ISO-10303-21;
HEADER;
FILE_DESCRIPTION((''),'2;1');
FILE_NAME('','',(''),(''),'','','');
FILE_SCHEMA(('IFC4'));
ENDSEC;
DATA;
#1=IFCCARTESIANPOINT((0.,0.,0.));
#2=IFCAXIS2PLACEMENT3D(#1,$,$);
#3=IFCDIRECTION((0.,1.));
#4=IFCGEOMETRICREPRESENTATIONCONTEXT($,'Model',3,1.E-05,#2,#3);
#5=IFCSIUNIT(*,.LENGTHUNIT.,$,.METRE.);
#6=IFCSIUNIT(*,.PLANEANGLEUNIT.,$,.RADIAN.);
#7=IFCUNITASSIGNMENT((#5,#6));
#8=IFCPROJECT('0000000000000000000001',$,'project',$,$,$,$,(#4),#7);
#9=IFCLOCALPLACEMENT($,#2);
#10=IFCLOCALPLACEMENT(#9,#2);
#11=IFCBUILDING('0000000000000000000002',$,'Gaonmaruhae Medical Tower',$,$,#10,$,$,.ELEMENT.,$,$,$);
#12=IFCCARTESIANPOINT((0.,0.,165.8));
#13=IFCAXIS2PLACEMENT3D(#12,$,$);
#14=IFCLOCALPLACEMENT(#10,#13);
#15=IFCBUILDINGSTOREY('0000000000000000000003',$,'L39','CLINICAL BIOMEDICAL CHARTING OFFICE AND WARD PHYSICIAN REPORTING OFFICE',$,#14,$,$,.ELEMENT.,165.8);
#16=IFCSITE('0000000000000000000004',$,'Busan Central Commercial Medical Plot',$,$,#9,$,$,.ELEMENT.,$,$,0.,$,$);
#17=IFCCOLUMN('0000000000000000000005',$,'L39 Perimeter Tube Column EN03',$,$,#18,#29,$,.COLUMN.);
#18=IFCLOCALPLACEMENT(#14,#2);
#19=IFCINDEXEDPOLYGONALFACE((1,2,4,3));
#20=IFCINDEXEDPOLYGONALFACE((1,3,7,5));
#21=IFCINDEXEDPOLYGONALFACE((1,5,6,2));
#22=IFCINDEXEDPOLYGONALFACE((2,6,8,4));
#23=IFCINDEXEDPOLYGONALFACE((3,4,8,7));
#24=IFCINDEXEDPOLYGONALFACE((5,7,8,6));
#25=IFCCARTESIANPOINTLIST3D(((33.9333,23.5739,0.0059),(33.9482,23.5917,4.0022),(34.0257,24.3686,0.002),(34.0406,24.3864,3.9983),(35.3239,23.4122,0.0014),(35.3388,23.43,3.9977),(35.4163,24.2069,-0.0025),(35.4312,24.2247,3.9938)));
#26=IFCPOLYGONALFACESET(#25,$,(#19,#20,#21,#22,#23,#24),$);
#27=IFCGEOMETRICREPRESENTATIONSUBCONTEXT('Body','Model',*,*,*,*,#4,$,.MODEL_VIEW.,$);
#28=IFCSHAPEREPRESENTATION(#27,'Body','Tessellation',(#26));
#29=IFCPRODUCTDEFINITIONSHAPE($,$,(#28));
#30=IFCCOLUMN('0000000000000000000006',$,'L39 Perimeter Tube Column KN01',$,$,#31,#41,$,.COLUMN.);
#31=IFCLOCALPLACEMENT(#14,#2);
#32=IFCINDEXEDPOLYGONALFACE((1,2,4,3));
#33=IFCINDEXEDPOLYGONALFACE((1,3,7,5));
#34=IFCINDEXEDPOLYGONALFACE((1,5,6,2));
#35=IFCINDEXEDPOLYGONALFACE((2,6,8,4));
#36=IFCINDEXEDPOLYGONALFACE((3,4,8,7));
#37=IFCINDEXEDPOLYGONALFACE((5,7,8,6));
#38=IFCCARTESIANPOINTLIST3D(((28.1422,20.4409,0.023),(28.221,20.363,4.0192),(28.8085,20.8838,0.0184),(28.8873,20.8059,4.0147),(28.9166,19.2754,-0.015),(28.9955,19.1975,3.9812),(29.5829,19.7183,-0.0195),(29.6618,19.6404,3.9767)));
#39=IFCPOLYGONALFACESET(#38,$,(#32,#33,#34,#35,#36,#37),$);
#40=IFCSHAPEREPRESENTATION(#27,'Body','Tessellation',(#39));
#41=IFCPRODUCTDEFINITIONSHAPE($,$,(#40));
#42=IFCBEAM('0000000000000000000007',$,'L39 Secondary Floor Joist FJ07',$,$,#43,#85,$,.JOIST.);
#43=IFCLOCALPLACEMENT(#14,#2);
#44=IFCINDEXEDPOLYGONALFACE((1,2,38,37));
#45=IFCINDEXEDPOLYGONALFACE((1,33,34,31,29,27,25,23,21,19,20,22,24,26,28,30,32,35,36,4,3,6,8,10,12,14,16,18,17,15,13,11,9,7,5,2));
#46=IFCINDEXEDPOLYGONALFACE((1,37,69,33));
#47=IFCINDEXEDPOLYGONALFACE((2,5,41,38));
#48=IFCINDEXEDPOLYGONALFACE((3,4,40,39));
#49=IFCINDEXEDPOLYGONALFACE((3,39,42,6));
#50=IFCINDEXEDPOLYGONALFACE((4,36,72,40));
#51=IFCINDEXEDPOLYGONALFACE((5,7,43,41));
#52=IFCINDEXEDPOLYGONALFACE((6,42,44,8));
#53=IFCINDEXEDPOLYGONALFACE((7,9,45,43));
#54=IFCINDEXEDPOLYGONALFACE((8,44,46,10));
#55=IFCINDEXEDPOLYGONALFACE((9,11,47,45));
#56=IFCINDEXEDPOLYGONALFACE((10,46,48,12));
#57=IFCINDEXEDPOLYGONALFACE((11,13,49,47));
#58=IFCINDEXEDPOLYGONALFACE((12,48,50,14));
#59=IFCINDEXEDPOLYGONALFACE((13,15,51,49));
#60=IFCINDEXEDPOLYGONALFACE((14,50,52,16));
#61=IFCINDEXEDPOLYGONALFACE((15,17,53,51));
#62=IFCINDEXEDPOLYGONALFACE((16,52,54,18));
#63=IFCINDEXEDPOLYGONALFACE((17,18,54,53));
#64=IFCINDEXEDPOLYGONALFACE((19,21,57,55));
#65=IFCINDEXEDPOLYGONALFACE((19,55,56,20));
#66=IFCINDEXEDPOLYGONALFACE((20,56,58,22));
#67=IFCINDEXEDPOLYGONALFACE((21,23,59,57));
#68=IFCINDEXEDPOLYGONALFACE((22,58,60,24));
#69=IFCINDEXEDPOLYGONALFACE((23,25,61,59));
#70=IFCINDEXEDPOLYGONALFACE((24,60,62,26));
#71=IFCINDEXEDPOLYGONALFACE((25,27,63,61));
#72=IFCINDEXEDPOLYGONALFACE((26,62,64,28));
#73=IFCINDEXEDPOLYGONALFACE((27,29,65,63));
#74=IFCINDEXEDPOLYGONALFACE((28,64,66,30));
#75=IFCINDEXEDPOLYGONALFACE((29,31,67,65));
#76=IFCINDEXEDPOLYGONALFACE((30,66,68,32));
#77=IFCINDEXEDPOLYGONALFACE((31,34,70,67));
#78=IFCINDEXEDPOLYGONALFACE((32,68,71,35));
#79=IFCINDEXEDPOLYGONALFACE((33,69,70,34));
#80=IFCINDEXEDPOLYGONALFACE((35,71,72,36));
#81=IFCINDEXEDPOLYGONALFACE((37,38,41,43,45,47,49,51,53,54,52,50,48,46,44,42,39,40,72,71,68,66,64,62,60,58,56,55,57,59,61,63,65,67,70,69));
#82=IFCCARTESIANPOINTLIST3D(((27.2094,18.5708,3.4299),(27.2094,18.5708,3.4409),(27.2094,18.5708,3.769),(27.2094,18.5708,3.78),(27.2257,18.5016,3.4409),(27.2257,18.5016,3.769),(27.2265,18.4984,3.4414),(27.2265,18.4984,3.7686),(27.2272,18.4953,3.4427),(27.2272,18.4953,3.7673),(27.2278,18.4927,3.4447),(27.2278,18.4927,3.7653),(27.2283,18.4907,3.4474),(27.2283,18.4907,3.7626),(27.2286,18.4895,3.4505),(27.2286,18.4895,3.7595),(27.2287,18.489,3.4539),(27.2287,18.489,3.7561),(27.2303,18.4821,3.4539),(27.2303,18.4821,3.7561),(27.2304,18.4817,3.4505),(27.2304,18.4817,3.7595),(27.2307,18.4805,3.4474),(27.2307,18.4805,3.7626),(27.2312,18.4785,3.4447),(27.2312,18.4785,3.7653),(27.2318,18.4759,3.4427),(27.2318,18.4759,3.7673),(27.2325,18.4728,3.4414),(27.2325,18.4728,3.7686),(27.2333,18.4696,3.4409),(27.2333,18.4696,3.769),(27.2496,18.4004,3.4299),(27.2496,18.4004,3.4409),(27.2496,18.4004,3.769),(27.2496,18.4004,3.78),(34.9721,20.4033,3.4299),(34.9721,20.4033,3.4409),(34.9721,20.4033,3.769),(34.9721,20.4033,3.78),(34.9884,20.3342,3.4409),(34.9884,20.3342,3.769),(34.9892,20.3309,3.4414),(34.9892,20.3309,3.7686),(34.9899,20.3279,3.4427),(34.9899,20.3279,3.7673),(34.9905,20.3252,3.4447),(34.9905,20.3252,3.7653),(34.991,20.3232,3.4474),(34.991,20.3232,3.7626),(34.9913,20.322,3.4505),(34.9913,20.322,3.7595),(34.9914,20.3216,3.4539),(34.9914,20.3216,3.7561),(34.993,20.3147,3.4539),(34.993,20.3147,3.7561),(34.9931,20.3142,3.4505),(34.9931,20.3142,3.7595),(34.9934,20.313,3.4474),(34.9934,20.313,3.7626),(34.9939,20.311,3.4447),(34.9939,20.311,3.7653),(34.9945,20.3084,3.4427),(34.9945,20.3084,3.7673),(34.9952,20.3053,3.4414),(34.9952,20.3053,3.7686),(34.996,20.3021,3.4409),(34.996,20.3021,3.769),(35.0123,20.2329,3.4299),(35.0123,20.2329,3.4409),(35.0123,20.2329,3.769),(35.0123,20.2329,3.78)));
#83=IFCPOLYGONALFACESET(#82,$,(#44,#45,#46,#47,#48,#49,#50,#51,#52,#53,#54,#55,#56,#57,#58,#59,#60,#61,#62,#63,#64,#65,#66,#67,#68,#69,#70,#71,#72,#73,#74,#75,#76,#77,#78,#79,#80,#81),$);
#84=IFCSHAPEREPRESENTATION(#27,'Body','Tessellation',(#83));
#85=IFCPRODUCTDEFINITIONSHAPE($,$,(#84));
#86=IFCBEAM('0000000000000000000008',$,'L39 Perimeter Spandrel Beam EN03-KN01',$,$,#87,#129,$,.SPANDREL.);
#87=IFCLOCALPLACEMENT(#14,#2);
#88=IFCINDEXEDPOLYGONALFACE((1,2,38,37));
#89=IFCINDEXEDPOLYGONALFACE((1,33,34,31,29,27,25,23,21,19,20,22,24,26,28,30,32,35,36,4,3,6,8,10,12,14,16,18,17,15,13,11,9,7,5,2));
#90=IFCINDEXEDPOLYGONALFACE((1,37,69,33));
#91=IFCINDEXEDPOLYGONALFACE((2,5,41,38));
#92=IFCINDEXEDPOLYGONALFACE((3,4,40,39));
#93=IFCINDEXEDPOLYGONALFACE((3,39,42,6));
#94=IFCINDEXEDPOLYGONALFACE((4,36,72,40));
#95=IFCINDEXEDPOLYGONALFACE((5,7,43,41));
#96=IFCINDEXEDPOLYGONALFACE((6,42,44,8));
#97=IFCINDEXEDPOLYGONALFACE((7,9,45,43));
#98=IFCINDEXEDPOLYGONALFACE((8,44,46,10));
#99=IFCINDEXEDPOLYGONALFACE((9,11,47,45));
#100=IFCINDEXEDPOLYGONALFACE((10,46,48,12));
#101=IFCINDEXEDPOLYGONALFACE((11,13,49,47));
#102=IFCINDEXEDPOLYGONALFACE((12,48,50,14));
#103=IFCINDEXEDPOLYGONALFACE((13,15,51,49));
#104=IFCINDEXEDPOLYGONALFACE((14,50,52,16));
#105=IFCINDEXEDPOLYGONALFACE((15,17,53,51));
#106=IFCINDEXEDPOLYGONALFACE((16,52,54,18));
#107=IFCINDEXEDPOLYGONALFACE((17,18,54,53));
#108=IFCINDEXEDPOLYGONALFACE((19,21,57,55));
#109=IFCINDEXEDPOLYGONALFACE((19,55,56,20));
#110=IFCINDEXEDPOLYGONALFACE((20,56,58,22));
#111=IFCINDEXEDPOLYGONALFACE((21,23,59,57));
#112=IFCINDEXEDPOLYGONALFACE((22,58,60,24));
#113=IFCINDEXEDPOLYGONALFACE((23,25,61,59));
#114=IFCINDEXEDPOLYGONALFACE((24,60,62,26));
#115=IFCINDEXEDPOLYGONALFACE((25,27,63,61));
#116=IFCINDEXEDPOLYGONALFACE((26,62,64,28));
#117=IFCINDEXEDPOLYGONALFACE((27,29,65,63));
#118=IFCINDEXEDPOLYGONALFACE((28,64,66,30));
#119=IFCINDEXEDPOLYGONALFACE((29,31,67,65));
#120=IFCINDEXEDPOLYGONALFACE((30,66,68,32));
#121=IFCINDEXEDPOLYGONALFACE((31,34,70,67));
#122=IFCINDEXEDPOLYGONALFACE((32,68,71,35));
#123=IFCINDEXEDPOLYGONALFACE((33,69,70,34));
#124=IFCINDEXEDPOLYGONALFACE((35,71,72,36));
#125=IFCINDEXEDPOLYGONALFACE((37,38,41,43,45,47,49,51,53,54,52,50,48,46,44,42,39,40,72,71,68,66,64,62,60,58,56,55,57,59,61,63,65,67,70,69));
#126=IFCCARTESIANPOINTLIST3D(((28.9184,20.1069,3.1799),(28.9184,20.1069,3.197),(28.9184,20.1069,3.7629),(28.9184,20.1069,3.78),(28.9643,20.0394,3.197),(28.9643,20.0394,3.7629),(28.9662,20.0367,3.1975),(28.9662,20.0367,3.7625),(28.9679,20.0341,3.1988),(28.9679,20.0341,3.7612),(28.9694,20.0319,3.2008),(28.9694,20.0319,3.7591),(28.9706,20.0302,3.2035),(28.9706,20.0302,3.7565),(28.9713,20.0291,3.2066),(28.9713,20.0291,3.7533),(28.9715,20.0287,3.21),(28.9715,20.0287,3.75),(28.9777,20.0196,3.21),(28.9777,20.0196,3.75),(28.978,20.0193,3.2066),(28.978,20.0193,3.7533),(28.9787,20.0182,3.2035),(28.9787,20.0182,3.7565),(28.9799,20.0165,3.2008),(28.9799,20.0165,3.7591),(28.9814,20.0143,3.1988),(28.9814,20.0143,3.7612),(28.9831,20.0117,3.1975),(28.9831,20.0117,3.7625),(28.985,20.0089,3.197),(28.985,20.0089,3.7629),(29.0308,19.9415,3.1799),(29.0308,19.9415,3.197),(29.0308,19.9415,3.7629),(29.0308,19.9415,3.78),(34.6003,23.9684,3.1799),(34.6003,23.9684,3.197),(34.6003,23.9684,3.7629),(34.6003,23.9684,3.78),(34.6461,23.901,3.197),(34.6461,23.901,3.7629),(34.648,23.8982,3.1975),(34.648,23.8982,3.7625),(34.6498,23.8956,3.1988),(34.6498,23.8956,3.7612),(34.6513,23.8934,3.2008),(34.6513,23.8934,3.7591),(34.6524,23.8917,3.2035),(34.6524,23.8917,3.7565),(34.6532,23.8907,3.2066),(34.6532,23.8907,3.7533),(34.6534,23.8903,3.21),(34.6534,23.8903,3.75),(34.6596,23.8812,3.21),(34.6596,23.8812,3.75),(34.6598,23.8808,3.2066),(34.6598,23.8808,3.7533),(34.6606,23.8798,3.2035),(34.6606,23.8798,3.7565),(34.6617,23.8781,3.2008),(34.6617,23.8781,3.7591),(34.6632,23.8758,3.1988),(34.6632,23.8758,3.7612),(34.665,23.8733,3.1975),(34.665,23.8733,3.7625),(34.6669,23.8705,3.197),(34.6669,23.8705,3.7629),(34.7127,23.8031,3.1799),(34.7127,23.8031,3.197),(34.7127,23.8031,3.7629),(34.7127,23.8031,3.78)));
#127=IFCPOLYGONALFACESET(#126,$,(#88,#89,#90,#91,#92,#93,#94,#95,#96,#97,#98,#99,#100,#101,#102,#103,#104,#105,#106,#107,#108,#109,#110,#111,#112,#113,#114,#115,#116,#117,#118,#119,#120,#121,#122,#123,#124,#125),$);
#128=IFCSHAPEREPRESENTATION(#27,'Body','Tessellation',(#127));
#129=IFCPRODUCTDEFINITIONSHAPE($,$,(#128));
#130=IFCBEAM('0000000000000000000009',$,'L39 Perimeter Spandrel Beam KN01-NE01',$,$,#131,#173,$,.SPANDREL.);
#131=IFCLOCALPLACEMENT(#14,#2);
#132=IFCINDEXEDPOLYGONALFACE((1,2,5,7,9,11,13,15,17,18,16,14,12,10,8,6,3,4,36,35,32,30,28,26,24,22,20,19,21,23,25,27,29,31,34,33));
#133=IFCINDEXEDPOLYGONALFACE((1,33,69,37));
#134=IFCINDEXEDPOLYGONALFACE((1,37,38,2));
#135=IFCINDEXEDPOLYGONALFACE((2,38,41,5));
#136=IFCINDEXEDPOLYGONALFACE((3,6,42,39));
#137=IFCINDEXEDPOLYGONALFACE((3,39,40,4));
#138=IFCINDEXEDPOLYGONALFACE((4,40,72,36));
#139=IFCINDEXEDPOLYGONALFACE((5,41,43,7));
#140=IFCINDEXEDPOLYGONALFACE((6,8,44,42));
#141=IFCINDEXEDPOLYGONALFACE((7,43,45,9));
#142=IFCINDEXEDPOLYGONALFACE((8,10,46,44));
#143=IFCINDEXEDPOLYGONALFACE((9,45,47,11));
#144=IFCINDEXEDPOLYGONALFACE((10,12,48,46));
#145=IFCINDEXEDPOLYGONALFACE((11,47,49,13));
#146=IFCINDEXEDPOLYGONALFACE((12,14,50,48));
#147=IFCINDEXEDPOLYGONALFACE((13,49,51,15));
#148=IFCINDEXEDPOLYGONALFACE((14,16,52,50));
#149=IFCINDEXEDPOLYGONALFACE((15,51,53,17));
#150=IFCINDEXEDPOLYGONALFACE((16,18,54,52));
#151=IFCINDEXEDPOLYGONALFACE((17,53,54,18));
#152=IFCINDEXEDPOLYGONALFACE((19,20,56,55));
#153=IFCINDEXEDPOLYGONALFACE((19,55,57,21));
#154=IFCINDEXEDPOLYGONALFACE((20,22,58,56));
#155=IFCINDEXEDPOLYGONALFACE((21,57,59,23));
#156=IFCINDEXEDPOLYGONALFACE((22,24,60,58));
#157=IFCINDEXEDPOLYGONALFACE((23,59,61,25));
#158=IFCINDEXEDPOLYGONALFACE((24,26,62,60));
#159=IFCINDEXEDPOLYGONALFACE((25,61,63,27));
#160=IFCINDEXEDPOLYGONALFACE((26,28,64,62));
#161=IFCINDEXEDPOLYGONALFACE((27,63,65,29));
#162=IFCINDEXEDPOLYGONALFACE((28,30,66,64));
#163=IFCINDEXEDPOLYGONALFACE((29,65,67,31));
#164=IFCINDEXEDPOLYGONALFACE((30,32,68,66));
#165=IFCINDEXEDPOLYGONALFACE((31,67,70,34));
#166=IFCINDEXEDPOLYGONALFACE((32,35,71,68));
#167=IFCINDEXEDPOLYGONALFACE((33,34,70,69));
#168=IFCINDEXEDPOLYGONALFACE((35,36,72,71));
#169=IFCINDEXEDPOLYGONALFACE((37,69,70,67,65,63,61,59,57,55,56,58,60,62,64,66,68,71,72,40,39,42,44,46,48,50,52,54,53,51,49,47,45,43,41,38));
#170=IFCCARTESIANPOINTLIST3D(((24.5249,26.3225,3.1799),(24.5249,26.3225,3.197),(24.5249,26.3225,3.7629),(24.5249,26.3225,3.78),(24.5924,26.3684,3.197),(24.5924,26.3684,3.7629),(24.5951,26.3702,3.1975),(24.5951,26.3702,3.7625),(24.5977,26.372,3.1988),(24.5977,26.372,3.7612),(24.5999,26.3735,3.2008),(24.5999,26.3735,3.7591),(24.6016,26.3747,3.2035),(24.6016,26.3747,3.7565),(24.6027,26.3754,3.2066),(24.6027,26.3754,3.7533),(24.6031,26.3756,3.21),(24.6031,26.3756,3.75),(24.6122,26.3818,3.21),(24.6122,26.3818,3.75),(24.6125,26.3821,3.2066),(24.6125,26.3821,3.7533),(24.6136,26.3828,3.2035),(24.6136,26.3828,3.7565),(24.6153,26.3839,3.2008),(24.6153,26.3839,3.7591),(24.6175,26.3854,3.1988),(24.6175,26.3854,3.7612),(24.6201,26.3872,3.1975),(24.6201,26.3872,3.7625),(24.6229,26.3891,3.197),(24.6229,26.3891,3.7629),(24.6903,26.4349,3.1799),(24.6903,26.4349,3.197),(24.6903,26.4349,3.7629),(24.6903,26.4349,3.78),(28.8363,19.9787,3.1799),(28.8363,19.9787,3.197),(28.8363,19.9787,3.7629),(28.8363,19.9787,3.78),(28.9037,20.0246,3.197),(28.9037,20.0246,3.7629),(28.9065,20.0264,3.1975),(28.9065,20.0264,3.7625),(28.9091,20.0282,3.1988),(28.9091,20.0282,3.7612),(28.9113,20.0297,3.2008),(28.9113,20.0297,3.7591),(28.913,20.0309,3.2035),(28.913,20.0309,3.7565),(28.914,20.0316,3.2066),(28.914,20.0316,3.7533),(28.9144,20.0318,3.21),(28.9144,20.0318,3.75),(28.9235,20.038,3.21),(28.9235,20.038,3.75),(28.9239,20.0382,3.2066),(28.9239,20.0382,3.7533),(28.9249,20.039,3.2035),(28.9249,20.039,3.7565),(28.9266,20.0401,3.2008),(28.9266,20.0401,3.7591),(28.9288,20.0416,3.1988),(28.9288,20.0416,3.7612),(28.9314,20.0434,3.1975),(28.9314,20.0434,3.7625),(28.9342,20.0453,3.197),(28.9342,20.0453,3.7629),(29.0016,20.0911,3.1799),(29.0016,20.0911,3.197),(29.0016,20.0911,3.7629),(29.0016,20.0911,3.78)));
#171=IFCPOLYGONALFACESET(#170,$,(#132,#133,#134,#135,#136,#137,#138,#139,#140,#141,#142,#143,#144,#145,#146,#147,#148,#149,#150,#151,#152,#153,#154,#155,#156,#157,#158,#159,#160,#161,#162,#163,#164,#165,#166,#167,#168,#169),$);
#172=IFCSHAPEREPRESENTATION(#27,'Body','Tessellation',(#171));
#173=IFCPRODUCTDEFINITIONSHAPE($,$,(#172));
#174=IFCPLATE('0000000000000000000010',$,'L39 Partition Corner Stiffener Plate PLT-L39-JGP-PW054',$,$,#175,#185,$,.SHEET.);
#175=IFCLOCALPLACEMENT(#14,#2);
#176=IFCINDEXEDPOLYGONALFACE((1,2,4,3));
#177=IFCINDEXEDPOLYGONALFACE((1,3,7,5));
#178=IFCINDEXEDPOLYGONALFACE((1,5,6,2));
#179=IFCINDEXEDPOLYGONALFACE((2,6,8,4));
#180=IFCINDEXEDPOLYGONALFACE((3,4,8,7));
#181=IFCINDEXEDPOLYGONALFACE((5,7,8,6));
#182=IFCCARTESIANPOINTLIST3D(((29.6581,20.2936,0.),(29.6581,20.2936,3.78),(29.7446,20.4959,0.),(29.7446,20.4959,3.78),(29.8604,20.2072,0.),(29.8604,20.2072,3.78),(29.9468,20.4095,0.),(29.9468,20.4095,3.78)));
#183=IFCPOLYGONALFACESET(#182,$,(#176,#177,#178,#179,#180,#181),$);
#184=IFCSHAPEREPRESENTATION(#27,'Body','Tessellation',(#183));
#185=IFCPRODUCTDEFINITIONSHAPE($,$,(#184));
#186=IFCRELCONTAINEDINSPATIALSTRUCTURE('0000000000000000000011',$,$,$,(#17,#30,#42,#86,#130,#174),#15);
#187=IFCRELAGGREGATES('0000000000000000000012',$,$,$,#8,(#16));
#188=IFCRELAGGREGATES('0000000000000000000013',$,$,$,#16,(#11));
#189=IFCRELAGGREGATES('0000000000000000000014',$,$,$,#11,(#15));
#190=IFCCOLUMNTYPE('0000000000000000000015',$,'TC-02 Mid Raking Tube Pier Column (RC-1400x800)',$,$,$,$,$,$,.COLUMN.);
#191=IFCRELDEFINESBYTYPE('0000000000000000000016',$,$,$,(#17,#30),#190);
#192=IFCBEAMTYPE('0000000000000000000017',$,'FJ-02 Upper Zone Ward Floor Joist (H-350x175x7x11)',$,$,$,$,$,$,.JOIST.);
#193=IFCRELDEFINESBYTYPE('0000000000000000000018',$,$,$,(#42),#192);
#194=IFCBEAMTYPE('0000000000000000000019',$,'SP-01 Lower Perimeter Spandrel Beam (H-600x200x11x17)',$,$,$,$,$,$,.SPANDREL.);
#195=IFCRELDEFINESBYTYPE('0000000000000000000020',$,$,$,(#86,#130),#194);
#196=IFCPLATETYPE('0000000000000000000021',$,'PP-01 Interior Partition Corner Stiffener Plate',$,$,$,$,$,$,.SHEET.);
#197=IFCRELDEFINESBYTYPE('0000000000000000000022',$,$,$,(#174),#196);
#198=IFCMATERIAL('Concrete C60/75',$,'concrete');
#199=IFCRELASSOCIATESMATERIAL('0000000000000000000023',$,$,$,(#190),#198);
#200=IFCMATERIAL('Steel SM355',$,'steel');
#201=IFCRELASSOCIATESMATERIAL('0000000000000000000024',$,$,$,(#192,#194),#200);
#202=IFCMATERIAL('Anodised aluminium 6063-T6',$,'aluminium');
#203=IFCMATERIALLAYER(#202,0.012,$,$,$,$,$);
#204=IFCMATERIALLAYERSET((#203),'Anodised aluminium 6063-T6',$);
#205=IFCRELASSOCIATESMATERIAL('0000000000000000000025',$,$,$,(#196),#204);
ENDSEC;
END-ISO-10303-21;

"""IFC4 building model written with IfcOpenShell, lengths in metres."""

from ifc_helpers import new_model, si_unit, direction, frame, origin, origin_2d, place, context, subcontext, project, spatial, rectangle, i_section, extrude, material, layer, layer_set, material_profile, profile_set, type_object, element, save


model = new_model("IFC4")

# Units and contexts
model_context = context("Model", 3, precision=1e-05, world=origin(), true_north=direction((0.0, 1.0)))
body_context = subcontext(model_context, "Body", "Model", "MODEL_VIEW")
ifc_project = project(units=[si_unit("LENGTHUNIT", "METRE"), si_unit("PLANEANGLEUNIT", "RADIAN")], contexts=[model_context])

# Site, building, storey
site_placement = place(None, origin())
site = spatial("IfcSite", under=ifc_project, at=site_placement, Name="Busan Central Commercial Medical Plot", CompositionType="ELEMENT", RefElevation=0.0)
building_placement = place(site_placement, origin())
building = spatial("IfcBuilding", under=site, at=building_placement, Name="Gaonmaruhae Medical Tower", CompositionType="ELEMENT")
storey_placement = place(building_placement, frame((0.0, 0.0, 165.8)))
storey = spatial("IfcBuildingStorey", under=building, at=storey_placement, Name="L39", Description="CLINICAL BIOMEDICAL CHARTING OFFICE AND WARD PHYSICIAN REPORTING OFFICE", CompositionType="ELEMENT", Elevation=165.8)

# Columns
ifc_material_1 = material(Name="Concrete C60/75", Category="concrete")
ifc_material_profile_1 = material_profile(ifc_material_1, rectangle(XDim=1.3999, YDim=0.8, at=origin_2d()), Name="RC-1400x800")
ifc_profile_set_1 = profile_set([ifc_material_profile_1], Name="Concrete C60/75")
column_type = type_object("IfcColumnType", Name="TC-02 Mid Raking Tube Pier Column (RC-1400x800)", PredefinedType="COLUMN", material=ifc_profile_set_1)
column_1_placement = place(storey_placement, frame((34.6748, 23.8904, 0.0017), z_axis=(0.003726, 0.00446, 0.999983), x_axis=(-0.993301, 0.115511, 0.003186)))
element("IfcColumn", 1, at=column_1_placement, inside=storey, type_object=column_type, Name="L39 Perimeter Tube Column EN03", PredefinedType="COLUMN", context=body_context, shape_type="SweptSolid", body=[
    extrude(rectangle(XDim=1.3999, YDim=0.8, at=origin_2d()), origin(), (0.0, 0.0, 1.0), 3.9963),
])
column_2_placement = place(storey_placement, frame((28.8625, 20.0796, 0.0017), z_axis=(0.019725, -0.019481, 0.999616), x_axis=(-0.553225, 0.832589, 0.027142)))
element("IfcColumn", 2, at=column_2_placement, inside=storey, type_object=column_type, Name="L39 Perimeter Tube Column KN01", PredefinedType="COLUMN", context=body_context, shape_type="SweptSolid", body=[
    extrude(rectangle(XDim=1.3999, YDim=0.8, at=origin_2d()), origin(), (0.0, 0.0, 1.0), 3.9978),
])

# Beams
ifc_material_2 = material(Name="Steel SM355", Category="steel")
ifc_material_profile_2 = material_profile(ifc_material_2, i_section(OverallWidth=0.175, OverallDepth=0.3501, WebThickness=0.0071, FlangeThickness=0.011, FilletRadius=0.0129, at=origin_2d()), Name="H-350x175x7x11")
ifc_profile_set_2 = profile_set([ifc_material_profile_2], Name="Steel SM355")
beam_type_1 = type_object("IfcBeamType", Name="FJ-02 Upper Zone Ward Floor Joist (H-350x175x7x11)", PredefinedType="JOIST", material=ifc_profile_set_2)
beam_1_placement = place(storey_placement, frame((34.9922, 20.3181, 3.605), z_axis=(-0.973249, -0.229752, 0.0), x_axis=(0.229752, -0.973249, 0.0)))
element("IfcBeam", 3, at=beam_1_placement, inside=storey, type_object=beam_type_1, Name="L39 Secondary Floor Joist FJ07", PredefinedType="JOIST", context=body_context, shape_type="SweptSolid", body=[
    extrude(i_section(OverallWidth=0.175, OverallDepth=0.3501, WebThickness=0.0071, FlangeThickness=0.011, FilletRadius=0.0129, at=origin_2d()), origin(), (0.0, 0.0, 1.0), 7.9761),
])
ifc_material_profile_3 = material_profile(ifc_material_2, i_section(OverallWidth=0.2, OverallDepth=0.6001, WebThickness=0.011, FlangeThickness=0.0171, FilletRadius=0.0129, at=origin_2d()), Name="H-600x200x11x17")
ifc_profile_set_3 = profile_set([ifc_material_profile_3], Name="Steel SM355")
beam_type_2 = type_object("IfcBeamType", Name="SP-01 Lower Perimeter Spandrel Beam (H-600x200x11x17)", PredefinedType="SPANDREL", material=ifc_profile_set_3)
beam_2_placement = place(storey_placement, frame((34.6565, 23.8857, 3.48), z_axis=(-0.827069, -0.5621, 0.0), x_axis=(0.5621, -0.827069, 0.0)))
element("IfcBeam", 4, at=beam_2_placement, inside=storey, type_object=beam_type_2, Name="L39 Perimeter Spandrel Beam EN03-KN01", PredefinedType="SPANDREL", context=body_context, shape_type="SweptSolid", body=[
    extrude(i_section(OverallWidth=0.2, OverallDepth=0.6001, WebThickness=0.011, FlangeThickness=0.0171, FilletRadius=0.0129, at=origin_2d()), origin(), (0.0, 0.0, 1.0), 6.8699),
])
beam_3_placement = place(storey_placement, frame((28.9189, 20.0349, 3.48), z_axis=(-0.56209, 0.827076, 0.0), x_axis=(-0.827076, -0.56209, 0.0)))
element("IfcBeam", 5, at=beam_3_placement, inside=storey, type_object=beam_type_2, Name="L39 Perimeter Spandrel Beam KN01-NE01", PredefinedType="SPANDREL", context=body_context, shape_type="SweptSolid", body=[
    extrude(i_section(OverallWidth=0.2, OverallDepth=0.6001, WebThickness=0.011, FlangeThickness=0.0171, FilletRadius=0.0129, at=origin_2d()), origin(), (0.0, 0.0, 1.0), 7.6702),
])

# Plate
ifc_material_3 = material(Name="Anodised aluminium 6063-T6", Category="aluminium")
ifc_layer_1 = layer(ifc_material_3, 0.012)
ifc_layer_set_1 = layer_set([ifc_layer_1], Name="Anodised aluminium 6063-T6")
plate_type = type_object("IfcPlateType", Name="PP-01 Interior Partition Corner Stiffener Plate", PredefinedType="SHEET", material=ifc_layer_set_1)
for number, where, z_axis, x_axis, name in (
    (6, (29.8025, 20.3516, 0.0), (0.0, 0.0, 1.0), (-0.392931, -0.919568, 0.0), "L39 Partition Corner Stiffener Plate PLT-L39-JGP-PW054"),
):
    element("IfcPlate", number, at=place(storey_placement, frame(where, z_axis=z_axis, x_axis=x_axis)), inside=storey, type_object=plate_type, Name=name, PredefinedType="SHEET", context=body_context, shape_type="SweptSolid", body=[
        extrude(rectangle(XDim=0.22, YDim=0.22, at=origin_2d()), origin(), (0.0, 0.0, 1.0), 3.78),
    ])

save(model, "model.ifc")
